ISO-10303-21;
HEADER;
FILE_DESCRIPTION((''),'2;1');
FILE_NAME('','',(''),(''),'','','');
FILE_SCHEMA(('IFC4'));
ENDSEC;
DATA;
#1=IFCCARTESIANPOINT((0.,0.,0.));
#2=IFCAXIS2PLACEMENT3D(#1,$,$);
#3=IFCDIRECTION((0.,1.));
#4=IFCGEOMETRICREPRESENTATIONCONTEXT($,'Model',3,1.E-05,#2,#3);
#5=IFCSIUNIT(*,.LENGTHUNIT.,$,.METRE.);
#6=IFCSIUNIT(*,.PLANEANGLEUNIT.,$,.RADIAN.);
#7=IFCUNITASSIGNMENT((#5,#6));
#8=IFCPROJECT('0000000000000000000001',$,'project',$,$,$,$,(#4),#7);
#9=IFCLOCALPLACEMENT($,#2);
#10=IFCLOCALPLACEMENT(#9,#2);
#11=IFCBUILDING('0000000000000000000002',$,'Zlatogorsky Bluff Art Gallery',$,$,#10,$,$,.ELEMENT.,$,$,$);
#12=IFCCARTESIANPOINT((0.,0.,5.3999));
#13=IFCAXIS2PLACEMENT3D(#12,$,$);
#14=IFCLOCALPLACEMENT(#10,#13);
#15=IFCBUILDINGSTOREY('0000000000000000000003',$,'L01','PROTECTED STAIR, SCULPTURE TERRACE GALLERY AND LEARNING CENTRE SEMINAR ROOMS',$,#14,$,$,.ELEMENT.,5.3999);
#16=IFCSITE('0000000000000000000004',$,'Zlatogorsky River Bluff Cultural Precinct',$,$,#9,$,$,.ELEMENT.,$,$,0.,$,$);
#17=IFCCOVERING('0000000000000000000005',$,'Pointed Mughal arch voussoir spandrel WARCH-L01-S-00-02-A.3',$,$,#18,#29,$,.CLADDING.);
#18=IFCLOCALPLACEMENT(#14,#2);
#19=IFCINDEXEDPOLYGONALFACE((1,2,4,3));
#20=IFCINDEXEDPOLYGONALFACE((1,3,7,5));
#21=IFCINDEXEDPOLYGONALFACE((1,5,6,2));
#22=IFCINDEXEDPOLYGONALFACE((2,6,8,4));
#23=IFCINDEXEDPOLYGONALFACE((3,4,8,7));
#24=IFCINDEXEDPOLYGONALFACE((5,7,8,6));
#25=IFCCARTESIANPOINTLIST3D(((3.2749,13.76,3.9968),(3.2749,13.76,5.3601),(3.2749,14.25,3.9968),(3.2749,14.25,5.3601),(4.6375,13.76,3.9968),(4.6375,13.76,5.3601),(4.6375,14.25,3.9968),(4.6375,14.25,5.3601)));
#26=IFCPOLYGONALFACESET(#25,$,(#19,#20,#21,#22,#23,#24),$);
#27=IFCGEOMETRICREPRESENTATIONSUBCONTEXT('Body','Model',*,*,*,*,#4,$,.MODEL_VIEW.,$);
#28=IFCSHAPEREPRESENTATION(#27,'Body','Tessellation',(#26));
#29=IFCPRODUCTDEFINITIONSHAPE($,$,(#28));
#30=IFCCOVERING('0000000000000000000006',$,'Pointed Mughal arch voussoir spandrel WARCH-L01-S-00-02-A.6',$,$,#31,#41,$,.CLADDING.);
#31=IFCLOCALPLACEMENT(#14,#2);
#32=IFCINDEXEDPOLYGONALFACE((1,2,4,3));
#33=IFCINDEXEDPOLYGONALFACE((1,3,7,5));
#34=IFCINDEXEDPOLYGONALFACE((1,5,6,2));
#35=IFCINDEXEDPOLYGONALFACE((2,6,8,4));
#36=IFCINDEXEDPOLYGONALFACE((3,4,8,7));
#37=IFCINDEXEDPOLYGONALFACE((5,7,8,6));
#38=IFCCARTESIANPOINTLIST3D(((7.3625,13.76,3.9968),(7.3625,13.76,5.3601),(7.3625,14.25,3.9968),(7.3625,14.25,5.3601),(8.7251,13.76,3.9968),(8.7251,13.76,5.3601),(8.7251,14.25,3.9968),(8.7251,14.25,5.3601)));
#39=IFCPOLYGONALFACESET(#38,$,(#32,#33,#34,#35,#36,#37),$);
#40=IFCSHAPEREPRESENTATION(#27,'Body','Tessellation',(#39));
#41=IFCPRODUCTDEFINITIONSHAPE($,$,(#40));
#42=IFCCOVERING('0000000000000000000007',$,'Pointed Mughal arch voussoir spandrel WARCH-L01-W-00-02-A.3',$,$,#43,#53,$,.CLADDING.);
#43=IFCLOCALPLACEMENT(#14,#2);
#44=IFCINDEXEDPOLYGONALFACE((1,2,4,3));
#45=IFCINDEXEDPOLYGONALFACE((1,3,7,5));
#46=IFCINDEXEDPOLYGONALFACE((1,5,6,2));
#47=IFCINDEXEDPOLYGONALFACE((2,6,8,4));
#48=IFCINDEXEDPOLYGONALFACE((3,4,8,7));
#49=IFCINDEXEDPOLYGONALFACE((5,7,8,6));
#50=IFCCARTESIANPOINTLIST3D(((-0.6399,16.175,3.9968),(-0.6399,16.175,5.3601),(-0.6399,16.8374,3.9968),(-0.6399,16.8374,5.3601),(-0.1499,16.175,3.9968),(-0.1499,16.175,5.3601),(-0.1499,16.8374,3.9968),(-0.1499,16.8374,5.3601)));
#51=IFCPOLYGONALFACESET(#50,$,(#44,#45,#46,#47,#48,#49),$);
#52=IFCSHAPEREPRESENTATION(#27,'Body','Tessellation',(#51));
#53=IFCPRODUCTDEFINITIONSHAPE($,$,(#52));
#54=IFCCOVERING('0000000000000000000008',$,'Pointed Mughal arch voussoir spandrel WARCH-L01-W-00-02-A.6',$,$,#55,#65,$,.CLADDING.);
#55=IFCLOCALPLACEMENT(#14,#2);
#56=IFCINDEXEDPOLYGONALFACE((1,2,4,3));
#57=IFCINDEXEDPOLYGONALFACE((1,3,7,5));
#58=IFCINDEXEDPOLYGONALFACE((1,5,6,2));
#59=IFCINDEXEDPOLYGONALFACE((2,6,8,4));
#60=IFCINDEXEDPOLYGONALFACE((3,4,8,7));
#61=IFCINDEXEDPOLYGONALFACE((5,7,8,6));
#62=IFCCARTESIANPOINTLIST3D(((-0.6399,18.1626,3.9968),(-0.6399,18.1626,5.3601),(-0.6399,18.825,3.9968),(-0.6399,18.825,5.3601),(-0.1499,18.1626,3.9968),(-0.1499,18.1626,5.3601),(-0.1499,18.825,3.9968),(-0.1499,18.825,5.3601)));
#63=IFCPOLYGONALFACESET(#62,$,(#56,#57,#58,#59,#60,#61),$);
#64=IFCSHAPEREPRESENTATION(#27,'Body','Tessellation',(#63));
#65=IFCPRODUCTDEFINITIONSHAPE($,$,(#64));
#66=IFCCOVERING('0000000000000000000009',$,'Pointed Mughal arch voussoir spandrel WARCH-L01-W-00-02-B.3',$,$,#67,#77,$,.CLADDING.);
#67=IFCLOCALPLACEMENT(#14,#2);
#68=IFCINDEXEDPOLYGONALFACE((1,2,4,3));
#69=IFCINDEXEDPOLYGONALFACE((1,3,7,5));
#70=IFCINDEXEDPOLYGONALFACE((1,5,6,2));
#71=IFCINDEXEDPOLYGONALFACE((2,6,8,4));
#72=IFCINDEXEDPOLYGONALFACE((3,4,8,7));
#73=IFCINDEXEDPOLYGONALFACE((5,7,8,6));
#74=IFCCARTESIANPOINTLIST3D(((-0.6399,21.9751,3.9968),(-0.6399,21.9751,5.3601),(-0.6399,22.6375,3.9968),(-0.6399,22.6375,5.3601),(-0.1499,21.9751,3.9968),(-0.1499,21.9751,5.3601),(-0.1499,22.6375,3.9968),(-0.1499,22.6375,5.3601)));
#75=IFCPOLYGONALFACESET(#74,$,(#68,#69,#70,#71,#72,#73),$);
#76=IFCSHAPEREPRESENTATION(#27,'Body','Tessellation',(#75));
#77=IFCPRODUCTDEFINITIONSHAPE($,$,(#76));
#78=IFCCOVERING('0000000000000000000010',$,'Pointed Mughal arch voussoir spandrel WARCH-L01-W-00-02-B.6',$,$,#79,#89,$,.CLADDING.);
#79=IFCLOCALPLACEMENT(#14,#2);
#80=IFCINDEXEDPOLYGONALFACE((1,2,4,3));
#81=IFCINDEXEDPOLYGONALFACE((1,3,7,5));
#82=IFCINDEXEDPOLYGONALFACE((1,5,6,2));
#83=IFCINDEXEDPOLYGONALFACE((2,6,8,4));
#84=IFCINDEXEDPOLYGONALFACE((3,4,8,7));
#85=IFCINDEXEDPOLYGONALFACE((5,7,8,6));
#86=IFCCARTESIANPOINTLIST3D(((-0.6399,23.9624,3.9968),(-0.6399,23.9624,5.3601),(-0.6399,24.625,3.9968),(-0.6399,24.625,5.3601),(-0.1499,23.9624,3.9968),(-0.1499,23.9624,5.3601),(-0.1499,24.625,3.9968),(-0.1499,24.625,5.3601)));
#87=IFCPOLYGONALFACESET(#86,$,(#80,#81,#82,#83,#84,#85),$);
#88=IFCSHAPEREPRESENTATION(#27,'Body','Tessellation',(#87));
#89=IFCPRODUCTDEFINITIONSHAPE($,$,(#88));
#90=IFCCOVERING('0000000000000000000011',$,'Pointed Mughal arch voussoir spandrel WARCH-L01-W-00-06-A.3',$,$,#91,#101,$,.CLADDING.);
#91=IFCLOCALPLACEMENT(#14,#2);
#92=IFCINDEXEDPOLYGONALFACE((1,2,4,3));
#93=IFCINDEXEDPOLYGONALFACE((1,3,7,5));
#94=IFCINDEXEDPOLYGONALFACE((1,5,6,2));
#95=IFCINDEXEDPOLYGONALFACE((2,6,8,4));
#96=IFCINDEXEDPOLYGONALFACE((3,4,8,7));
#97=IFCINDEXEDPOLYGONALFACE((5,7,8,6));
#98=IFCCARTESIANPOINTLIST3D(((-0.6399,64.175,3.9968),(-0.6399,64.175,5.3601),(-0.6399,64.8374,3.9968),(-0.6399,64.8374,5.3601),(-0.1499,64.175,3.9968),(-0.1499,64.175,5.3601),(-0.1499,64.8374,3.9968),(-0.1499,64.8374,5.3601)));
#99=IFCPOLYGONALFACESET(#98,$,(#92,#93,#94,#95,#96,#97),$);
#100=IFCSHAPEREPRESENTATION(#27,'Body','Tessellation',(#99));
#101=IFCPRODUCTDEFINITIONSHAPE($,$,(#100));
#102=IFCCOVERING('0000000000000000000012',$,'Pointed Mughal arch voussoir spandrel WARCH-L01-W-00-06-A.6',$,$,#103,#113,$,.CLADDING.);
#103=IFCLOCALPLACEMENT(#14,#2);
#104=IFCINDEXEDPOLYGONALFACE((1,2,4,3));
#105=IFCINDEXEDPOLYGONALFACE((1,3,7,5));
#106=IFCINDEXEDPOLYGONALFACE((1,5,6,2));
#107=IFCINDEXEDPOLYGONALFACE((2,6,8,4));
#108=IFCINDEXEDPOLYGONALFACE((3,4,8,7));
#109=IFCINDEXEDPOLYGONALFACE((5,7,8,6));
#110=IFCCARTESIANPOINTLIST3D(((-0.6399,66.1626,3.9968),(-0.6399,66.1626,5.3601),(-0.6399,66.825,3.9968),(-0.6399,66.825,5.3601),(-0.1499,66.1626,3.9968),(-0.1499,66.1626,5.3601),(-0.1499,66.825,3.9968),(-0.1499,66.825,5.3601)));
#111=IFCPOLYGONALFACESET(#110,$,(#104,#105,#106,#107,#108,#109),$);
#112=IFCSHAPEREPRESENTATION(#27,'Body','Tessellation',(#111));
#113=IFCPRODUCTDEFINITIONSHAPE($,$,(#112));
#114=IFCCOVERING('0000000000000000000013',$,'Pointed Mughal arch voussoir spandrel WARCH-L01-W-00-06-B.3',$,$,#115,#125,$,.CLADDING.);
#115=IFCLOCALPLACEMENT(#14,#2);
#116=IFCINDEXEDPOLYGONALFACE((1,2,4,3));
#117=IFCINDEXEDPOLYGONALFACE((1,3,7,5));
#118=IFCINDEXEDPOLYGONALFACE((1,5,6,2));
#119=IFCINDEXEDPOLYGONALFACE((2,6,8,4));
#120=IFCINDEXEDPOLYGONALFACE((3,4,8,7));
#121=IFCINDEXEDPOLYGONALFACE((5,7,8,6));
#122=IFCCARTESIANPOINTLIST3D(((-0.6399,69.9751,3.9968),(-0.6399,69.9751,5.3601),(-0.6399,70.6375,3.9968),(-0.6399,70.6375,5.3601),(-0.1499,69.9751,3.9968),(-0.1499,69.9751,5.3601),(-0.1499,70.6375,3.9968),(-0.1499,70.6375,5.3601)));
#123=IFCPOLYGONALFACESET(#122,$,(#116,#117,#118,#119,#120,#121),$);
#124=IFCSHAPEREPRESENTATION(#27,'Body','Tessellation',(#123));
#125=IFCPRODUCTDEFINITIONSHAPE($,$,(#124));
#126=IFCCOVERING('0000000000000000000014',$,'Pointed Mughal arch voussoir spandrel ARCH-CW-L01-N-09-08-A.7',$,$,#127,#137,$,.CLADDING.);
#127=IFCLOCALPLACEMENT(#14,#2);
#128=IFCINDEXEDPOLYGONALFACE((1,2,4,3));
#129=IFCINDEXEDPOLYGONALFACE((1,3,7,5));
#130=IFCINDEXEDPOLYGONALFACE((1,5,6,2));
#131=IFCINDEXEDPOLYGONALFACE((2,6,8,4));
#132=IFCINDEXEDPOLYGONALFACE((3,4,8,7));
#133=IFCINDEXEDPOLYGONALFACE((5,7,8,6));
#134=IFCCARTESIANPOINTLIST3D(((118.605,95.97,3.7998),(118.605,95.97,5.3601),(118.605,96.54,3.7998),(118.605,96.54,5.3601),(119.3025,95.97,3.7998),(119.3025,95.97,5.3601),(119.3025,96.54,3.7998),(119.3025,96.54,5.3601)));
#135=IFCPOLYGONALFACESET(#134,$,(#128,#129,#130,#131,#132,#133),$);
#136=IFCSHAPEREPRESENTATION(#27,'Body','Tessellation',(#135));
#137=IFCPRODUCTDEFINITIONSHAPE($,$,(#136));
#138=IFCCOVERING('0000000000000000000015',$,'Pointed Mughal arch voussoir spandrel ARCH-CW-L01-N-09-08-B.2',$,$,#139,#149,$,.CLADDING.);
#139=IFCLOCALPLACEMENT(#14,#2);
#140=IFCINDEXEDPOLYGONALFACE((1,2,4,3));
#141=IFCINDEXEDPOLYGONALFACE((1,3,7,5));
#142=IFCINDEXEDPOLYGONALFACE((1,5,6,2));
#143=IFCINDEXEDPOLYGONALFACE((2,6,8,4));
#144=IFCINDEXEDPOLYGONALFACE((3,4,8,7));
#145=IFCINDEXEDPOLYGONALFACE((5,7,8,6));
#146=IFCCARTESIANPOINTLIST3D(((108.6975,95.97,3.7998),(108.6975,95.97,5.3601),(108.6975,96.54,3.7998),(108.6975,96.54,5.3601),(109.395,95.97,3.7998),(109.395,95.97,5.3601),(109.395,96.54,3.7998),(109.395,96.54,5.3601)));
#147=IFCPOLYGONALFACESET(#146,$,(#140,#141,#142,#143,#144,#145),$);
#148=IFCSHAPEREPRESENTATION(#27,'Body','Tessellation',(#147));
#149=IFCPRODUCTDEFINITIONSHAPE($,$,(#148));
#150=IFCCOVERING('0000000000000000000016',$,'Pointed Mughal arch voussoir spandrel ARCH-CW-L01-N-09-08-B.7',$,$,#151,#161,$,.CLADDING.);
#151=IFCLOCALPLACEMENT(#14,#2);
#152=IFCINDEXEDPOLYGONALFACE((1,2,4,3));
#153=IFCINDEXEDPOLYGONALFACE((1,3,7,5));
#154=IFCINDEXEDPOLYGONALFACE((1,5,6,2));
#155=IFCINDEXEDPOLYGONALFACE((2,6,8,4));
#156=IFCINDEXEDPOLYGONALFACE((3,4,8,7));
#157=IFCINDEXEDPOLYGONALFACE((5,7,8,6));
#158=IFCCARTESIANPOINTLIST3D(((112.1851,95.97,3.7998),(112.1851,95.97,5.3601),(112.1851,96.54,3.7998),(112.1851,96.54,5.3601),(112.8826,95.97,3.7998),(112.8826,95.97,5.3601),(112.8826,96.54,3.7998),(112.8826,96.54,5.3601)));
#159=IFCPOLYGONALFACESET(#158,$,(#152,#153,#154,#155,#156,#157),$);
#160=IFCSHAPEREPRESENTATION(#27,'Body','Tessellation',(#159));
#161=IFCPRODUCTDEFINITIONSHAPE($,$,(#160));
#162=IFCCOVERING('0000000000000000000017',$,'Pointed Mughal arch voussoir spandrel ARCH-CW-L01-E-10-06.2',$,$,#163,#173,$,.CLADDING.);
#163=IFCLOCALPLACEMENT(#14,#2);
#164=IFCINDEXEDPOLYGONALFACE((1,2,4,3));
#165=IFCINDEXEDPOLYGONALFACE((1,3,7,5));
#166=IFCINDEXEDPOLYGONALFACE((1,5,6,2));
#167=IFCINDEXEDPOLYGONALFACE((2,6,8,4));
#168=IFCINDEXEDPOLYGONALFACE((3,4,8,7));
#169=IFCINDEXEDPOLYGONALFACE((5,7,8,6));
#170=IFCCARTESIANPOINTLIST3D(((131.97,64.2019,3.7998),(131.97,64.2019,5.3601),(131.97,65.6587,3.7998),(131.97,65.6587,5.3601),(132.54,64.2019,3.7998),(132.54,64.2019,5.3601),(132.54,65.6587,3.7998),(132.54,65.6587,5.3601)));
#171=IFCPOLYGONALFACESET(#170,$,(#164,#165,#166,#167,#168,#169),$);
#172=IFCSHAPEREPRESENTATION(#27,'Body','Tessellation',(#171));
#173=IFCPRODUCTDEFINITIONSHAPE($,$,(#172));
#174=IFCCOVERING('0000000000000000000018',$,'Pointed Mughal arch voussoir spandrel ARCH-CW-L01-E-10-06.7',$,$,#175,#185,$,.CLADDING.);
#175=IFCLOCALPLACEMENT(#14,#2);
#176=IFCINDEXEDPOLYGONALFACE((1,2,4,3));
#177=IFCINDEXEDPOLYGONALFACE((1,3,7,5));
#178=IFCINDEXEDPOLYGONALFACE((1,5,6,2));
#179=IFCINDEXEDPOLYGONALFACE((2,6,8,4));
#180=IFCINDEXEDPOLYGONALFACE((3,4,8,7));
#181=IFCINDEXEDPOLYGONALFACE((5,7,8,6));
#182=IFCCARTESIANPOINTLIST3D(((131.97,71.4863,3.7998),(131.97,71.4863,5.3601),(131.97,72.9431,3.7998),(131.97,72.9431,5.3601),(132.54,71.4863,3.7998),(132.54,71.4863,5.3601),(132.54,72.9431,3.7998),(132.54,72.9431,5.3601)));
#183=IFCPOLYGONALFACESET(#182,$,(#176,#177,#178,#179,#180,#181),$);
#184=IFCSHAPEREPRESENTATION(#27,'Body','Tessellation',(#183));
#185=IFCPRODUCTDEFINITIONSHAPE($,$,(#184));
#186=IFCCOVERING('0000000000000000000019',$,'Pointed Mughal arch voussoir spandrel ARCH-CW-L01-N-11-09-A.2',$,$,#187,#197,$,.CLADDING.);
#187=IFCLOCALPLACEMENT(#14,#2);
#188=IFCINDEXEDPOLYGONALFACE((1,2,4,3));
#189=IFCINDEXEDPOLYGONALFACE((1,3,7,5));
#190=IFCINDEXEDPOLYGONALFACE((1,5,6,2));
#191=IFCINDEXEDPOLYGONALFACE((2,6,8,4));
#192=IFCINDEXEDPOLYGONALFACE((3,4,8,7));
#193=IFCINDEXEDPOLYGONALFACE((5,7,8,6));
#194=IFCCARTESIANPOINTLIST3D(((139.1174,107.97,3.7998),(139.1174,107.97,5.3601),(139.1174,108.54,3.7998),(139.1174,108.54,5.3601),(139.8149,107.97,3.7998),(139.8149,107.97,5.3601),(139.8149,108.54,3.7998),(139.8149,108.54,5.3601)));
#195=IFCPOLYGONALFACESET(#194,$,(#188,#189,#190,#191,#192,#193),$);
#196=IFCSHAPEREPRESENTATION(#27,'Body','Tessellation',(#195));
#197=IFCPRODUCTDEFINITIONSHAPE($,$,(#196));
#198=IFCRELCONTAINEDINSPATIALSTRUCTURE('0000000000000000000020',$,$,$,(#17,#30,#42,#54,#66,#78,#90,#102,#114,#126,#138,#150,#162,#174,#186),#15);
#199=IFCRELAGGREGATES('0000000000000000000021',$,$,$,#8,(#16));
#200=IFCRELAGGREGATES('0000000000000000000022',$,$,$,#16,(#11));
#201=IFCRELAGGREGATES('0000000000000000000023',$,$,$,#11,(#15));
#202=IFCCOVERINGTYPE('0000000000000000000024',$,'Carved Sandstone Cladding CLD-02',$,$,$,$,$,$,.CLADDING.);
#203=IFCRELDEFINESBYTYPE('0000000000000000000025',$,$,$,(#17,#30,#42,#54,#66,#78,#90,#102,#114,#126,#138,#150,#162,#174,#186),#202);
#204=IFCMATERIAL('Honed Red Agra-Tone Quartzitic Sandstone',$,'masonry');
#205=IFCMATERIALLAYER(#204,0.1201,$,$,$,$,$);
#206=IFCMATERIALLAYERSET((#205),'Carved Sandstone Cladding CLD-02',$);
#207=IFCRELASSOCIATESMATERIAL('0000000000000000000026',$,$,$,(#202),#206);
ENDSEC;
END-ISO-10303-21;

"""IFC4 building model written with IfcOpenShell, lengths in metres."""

from ifc_helpers import new_model, si_unit, direction, frame, origin, place, context, subcontext, project, spatial, polyline, outline, extrude, material, layer, layer_set, type_object, element, save


model = new_model("IFC4")

# Units and contexts
model_context = context("Model", 3, precision=1e-05, world=origin(), true_north=direction((0.0, 1.0)))
body_context = subcontext(model_context, "Body", "Model", "MODEL_VIEW")
ifc_project = project(units=[si_unit("LENGTHUNIT", "METRE"), si_unit("PLANEANGLEUNIT", "RADIAN")], contexts=[model_context])

# Site, building, storey
site_placement = place(None, origin())
site = spatial("IfcSite", under=ifc_project, at=site_placement, Name="Zlatogorsky River Bluff Cultural Precinct", CompositionType="ELEMENT", RefElevation=0.0)
building_placement = place(site_placement, origin())
building = spatial("IfcBuilding", under=site, at=building_placement, Name="Zlatogorsky Bluff Art Gallery", CompositionType="ELEMENT")
storey_placement = place(building_placement, frame((0.0, 0.0, 5.3999)))
storey = spatial("IfcBuildingStorey", under=building, at=storey_placement, Name="L01", Description="PROTECTED STAIR, SCULPTURE TERRACE GALLERY AND LEARNING CENTRE SEMINAR ROOMS", CompositionType="ELEMENT", Elevation=5.3999)

# Coverings
ifc_material = material(Name="Honed Red Agra-Tone Quartzitic Sandstone", Category="masonry")
ifc_layer = layer(ifc_material, 0.1201)
ifc_layer_set = layer_set([ifc_layer], Name="Carved Sandstone Cladding CLD-02")
covering_type = type_object("IfcCoveringType", Name="Carved Sandstone Cladding CLD-02", PredefinedType="CLADDING", material=ifc_layer_set)
covering_1_placement = place(storey_placement, frame((0.0, 0.0, 3.9968)))
element("IfcCovering", 1, at=covering_1_placement, inside=storey, type_object=covering_type, Name="Pointed Mughal arch voussoir spandrel WARCH-L01-S-00-02-A.3", PredefinedType="CLADDING", context=body_context, shape_type="SweptSolid", body=[
    extrude(outline(polyline([(3.2749, 13.76), (4.6375, 13.76), (4.6375, 14.25), (3.2749, 14.25), (3.2749, 13.76)])), origin(), (0.0, 0.0, 1.0), 1.3633),
])
covering_2_placement = place(storey_placement, frame((0.0, 0.0, 3.9968)))
element("IfcCovering", 2, at=covering_2_placement, inside=storey, type_object=covering_type, Name="Pointed Mughal arch voussoir spandrel WARCH-L01-S-00-02-A.6", PredefinedType="CLADDING", context=body_context, shape_type="SweptSolid", body=[
    extrude(outline(polyline([(7.3625, 13.76), (8.7251, 13.76), (8.7251, 14.25), (7.3625, 14.25), (7.3625, 13.76)])), origin(), (0.0, 0.0, 1.0), 1.3633),
])
covering_3_placement = place(storey_placement, frame((0.0, 0.0, 3.9968)))
element("IfcCovering", 3, at=covering_3_placement, inside=storey, type_object=covering_type, Name="Pointed Mughal arch voussoir spandrel WARCH-L01-W-00-02-A.3", PredefinedType="CLADDING", context=body_context, shape_type="SweptSolid", body=[
    extrude(outline(polyline([(-0.6399, 16.175), (-0.6399, 16.8374), (-0.1499, 16.8374), (-0.1499, 16.175), (-0.6399, 16.175)])), origin(), (0.0, 0.0, 1.0), 1.3633),
])
covering_4_placement = place(storey_placement, frame((0.0, 0.0, 3.9968)))
element("IfcCovering", 4, at=covering_4_placement, inside=storey, type_object=covering_type, Name="Pointed Mughal arch voussoir spandrel WARCH-L01-W-00-02-A.6", PredefinedType="CLADDING", context=body_context, shape_type="SweptSolid", body=[
    extrude(outline(polyline([(-0.6399, 18.1626), (-0.6399, 18.825), (-0.1499, 18.825), (-0.1499, 18.1626), (-0.6399, 18.1626)])), origin(), (0.0, 0.0, 1.0), 1.3633),
])
covering_5_placement = place(storey_placement, frame((0.0, 0.0, 3.9968)))
element("IfcCovering", 5, at=covering_5_placement, inside=storey, type_object=covering_type, Name="Pointed Mughal arch voussoir spandrel WARCH-L01-W-00-02-B.3", PredefinedType="CLADDING", context=body_context, shape_type="SweptSolid", body=[
    extrude(outline(polyline([(-0.6399, 21.9751), (-0.6399, 22.6375), (-0.1499, 22.6375), (-0.1499, 21.9751), (-0.6399, 21.9751)])), origin(), (0.0, 0.0, 1.0), 1.3633),
])
covering_6_placement = place(storey_placement, frame((0.0, 0.0, 3.9968)))
element("IfcCovering", 6, at=covering_6_placement, inside=storey, type_object=covering_type, Name="Pointed Mughal arch voussoir spandrel WARCH-L01-W-00-02-B.6", PredefinedType="CLADDING", context=body_context, shape_type="SweptSolid", body=[
    extrude(outline(polyline([(-0.6399, 23.9624), (-0.6399, 24.625), (-0.1499, 24.625), (-0.1499, 23.9624), (-0.6399, 23.9624)])), origin(), (0.0, 0.0, 1.0), 1.3633),
])
covering_7_placement = place(storey_placement, frame((0.0, 0.0, 3.9968)))
element("IfcCovering", 7, at=covering_7_placement, inside=storey, type_object=covering_type, Name="Pointed Mughal arch voussoir spandrel WARCH-L01-W-00-06-A.3", PredefinedType="CLADDING", context=body_context, shape_type="SweptSolid", body=[
    extrude(outline(polyline([(-0.6399, 64.175), (-0.6399, 64.8374), (-0.1499, 64.8374), (-0.1499, 64.175), (-0.6399, 64.175)])), origin(), (0.0, 0.0, 1.0), 1.3633),
])
covering_8_placement = place(storey_placement, frame((0.0, 0.0, 3.9968)))
element("IfcCovering", 8, at=covering_8_placement, inside=storey, type_object=covering_type, Name="Pointed Mughal arch voussoir spandrel WARCH-L01-W-00-06-A.6", PredefinedType="CLADDING", context=body_context, shape_type="SweptSolid", body=[
    extrude(outline(polyline([(-0.6399, 66.1626), (-0.6399, 66.825), (-0.1499, 66.825), (-0.1499, 66.1626), (-0.6399, 66.1626)])), origin(), (0.0, 0.0, 1.0), 1.3633),
])
covering_9_placement = place(storey_placement, frame((0.0, 0.0, 3.9968)))
element("IfcCovering", 9, at=covering_9_placement, inside=storey, type_object=covering_type, Name="Pointed Mughal arch voussoir spandrel WARCH-L01-W-00-06-B.3", PredefinedType="CLADDING", context=body_context, shape_type="SweptSolid", body=[
    extrude(outline(polyline([(-0.6399, 69.9751), (-0.6399, 70.6375), (-0.1499, 70.6375), (-0.1499, 69.9751), (-0.6399, 69.9751)])), origin(), (0.0, 0.0, 1.0), 1.3633),
])
covering_10_placement = place(storey_placement, frame((0.0, 0.0, 3.7998)))
element("IfcCovering", 10, at=covering_10_placement, inside=storey, type_object=covering_type, Name="Pointed Mughal arch voussoir spandrel ARCH-CW-L01-N-09-08-A.7", PredefinedType="CLADDING", context=body_context, shape_type="SweptSolid", body=[
    extrude(outline(polyline([(118.605, 95.97), (119.3025, 95.97), (119.3025, 96.54), (118.605, 96.54), (118.605, 95.97)])), origin(), (0.0, 0.0, 1.0), 1.5603),
])
covering_11_placement = place(storey_placement, frame((0.0, 0.0, 3.7998)))
element("IfcCovering", 11, at=covering_11_placement, inside=storey, type_object=covering_type, Name="Pointed Mughal arch voussoir spandrel ARCH-CW-L01-N-09-08-B.2", PredefinedType="CLADDING", context=body_context, shape_type="SweptSolid", body=[
    extrude(outline(polyline([(108.6975, 95.97), (109.395, 95.97), (109.395, 96.54), (108.6975, 96.54), (108.6975, 95.97)])), origin(), (0.0, 0.0, 1.0), 1.5603),
])
covering_12_placement = place(storey_placement, frame((0.0, 0.0, 3.7998)))
element("IfcCovering", 12, at=covering_12_placement, inside=storey, type_object=covering_type, Name="Pointed Mughal arch voussoir spandrel ARCH-CW-L01-N-09-08-B.7", PredefinedType="CLADDING", context=body_context, shape_type="SweptSolid", body=[
    extrude(outline(polyline([(112.1851, 95.97), (112.8826, 95.97), (112.8826, 96.54), (112.1851, 96.54), (112.1851, 95.97)])), origin(), (0.0, 0.0, 1.0), 1.5603),
])
covering_13_placement = place(storey_placement, frame((0.0, 0.0, 3.7998)))
element("IfcCovering", 13, at=covering_13_placement, inside=storey, type_object=covering_type, Name="Pointed Mughal arch voussoir spandrel ARCH-CW-L01-E-10-06.2", PredefinedType="CLADDING", context=body_context, shape_type="SweptSolid", body=[
    extrude(outline(polyline([(131.97, 64.2019), (131.97, 65.6587), (132.54, 65.6587), (132.54, 64.2019), (131.97, 64.2019)])), origin(), (0.0, 0.0, 1.0), 1.5603),
])
covering_14_placement = place(storey_placement, frame((0.0, 0.0, 3.7998)))
element("IfcCovering", 14, at=covering_14_placement, inside=storey, type_object=covering_type, Name="Pointed Mughal arch voussoir spandrel ARCH-CW-L01-E-10-06.7", PredefinedType="CLADDING", context=body_context, shape_type="SweptSolid", body=[
    extrude(outline(polyline([(131.97, 71.4863), (131.97, 72.9431), (132.54, 72.9431), (132.54, 71.4863), (131.97, 71.4863)])), origin(), (0.0, 0.0, 1.0), 1.5603),
])
covering_15_placement = place(storey_placement, frame((0.0, 0.0, 3.7998)))
element("IfcCovering", 15, at=covering_15_placement, inside=storey, type_object=covering_type, Name="Pointed Mughal arch voussoir spandrel ARCH-CW-L01-N-11-09-A.2", PredefinedType="CLADDING", context=body_context, shape_type="SweptSolid", body=[
    extrude(outline(polyline([(139.1174, 107.97), (139.8149, 107.97), (139.8149, 108.54), (139.1174, 108.54), (139.1174, 107.97)])), origin(), (0.0, 0.0, 1.0), 1.5603),
])

save(model, "model.ifc")
